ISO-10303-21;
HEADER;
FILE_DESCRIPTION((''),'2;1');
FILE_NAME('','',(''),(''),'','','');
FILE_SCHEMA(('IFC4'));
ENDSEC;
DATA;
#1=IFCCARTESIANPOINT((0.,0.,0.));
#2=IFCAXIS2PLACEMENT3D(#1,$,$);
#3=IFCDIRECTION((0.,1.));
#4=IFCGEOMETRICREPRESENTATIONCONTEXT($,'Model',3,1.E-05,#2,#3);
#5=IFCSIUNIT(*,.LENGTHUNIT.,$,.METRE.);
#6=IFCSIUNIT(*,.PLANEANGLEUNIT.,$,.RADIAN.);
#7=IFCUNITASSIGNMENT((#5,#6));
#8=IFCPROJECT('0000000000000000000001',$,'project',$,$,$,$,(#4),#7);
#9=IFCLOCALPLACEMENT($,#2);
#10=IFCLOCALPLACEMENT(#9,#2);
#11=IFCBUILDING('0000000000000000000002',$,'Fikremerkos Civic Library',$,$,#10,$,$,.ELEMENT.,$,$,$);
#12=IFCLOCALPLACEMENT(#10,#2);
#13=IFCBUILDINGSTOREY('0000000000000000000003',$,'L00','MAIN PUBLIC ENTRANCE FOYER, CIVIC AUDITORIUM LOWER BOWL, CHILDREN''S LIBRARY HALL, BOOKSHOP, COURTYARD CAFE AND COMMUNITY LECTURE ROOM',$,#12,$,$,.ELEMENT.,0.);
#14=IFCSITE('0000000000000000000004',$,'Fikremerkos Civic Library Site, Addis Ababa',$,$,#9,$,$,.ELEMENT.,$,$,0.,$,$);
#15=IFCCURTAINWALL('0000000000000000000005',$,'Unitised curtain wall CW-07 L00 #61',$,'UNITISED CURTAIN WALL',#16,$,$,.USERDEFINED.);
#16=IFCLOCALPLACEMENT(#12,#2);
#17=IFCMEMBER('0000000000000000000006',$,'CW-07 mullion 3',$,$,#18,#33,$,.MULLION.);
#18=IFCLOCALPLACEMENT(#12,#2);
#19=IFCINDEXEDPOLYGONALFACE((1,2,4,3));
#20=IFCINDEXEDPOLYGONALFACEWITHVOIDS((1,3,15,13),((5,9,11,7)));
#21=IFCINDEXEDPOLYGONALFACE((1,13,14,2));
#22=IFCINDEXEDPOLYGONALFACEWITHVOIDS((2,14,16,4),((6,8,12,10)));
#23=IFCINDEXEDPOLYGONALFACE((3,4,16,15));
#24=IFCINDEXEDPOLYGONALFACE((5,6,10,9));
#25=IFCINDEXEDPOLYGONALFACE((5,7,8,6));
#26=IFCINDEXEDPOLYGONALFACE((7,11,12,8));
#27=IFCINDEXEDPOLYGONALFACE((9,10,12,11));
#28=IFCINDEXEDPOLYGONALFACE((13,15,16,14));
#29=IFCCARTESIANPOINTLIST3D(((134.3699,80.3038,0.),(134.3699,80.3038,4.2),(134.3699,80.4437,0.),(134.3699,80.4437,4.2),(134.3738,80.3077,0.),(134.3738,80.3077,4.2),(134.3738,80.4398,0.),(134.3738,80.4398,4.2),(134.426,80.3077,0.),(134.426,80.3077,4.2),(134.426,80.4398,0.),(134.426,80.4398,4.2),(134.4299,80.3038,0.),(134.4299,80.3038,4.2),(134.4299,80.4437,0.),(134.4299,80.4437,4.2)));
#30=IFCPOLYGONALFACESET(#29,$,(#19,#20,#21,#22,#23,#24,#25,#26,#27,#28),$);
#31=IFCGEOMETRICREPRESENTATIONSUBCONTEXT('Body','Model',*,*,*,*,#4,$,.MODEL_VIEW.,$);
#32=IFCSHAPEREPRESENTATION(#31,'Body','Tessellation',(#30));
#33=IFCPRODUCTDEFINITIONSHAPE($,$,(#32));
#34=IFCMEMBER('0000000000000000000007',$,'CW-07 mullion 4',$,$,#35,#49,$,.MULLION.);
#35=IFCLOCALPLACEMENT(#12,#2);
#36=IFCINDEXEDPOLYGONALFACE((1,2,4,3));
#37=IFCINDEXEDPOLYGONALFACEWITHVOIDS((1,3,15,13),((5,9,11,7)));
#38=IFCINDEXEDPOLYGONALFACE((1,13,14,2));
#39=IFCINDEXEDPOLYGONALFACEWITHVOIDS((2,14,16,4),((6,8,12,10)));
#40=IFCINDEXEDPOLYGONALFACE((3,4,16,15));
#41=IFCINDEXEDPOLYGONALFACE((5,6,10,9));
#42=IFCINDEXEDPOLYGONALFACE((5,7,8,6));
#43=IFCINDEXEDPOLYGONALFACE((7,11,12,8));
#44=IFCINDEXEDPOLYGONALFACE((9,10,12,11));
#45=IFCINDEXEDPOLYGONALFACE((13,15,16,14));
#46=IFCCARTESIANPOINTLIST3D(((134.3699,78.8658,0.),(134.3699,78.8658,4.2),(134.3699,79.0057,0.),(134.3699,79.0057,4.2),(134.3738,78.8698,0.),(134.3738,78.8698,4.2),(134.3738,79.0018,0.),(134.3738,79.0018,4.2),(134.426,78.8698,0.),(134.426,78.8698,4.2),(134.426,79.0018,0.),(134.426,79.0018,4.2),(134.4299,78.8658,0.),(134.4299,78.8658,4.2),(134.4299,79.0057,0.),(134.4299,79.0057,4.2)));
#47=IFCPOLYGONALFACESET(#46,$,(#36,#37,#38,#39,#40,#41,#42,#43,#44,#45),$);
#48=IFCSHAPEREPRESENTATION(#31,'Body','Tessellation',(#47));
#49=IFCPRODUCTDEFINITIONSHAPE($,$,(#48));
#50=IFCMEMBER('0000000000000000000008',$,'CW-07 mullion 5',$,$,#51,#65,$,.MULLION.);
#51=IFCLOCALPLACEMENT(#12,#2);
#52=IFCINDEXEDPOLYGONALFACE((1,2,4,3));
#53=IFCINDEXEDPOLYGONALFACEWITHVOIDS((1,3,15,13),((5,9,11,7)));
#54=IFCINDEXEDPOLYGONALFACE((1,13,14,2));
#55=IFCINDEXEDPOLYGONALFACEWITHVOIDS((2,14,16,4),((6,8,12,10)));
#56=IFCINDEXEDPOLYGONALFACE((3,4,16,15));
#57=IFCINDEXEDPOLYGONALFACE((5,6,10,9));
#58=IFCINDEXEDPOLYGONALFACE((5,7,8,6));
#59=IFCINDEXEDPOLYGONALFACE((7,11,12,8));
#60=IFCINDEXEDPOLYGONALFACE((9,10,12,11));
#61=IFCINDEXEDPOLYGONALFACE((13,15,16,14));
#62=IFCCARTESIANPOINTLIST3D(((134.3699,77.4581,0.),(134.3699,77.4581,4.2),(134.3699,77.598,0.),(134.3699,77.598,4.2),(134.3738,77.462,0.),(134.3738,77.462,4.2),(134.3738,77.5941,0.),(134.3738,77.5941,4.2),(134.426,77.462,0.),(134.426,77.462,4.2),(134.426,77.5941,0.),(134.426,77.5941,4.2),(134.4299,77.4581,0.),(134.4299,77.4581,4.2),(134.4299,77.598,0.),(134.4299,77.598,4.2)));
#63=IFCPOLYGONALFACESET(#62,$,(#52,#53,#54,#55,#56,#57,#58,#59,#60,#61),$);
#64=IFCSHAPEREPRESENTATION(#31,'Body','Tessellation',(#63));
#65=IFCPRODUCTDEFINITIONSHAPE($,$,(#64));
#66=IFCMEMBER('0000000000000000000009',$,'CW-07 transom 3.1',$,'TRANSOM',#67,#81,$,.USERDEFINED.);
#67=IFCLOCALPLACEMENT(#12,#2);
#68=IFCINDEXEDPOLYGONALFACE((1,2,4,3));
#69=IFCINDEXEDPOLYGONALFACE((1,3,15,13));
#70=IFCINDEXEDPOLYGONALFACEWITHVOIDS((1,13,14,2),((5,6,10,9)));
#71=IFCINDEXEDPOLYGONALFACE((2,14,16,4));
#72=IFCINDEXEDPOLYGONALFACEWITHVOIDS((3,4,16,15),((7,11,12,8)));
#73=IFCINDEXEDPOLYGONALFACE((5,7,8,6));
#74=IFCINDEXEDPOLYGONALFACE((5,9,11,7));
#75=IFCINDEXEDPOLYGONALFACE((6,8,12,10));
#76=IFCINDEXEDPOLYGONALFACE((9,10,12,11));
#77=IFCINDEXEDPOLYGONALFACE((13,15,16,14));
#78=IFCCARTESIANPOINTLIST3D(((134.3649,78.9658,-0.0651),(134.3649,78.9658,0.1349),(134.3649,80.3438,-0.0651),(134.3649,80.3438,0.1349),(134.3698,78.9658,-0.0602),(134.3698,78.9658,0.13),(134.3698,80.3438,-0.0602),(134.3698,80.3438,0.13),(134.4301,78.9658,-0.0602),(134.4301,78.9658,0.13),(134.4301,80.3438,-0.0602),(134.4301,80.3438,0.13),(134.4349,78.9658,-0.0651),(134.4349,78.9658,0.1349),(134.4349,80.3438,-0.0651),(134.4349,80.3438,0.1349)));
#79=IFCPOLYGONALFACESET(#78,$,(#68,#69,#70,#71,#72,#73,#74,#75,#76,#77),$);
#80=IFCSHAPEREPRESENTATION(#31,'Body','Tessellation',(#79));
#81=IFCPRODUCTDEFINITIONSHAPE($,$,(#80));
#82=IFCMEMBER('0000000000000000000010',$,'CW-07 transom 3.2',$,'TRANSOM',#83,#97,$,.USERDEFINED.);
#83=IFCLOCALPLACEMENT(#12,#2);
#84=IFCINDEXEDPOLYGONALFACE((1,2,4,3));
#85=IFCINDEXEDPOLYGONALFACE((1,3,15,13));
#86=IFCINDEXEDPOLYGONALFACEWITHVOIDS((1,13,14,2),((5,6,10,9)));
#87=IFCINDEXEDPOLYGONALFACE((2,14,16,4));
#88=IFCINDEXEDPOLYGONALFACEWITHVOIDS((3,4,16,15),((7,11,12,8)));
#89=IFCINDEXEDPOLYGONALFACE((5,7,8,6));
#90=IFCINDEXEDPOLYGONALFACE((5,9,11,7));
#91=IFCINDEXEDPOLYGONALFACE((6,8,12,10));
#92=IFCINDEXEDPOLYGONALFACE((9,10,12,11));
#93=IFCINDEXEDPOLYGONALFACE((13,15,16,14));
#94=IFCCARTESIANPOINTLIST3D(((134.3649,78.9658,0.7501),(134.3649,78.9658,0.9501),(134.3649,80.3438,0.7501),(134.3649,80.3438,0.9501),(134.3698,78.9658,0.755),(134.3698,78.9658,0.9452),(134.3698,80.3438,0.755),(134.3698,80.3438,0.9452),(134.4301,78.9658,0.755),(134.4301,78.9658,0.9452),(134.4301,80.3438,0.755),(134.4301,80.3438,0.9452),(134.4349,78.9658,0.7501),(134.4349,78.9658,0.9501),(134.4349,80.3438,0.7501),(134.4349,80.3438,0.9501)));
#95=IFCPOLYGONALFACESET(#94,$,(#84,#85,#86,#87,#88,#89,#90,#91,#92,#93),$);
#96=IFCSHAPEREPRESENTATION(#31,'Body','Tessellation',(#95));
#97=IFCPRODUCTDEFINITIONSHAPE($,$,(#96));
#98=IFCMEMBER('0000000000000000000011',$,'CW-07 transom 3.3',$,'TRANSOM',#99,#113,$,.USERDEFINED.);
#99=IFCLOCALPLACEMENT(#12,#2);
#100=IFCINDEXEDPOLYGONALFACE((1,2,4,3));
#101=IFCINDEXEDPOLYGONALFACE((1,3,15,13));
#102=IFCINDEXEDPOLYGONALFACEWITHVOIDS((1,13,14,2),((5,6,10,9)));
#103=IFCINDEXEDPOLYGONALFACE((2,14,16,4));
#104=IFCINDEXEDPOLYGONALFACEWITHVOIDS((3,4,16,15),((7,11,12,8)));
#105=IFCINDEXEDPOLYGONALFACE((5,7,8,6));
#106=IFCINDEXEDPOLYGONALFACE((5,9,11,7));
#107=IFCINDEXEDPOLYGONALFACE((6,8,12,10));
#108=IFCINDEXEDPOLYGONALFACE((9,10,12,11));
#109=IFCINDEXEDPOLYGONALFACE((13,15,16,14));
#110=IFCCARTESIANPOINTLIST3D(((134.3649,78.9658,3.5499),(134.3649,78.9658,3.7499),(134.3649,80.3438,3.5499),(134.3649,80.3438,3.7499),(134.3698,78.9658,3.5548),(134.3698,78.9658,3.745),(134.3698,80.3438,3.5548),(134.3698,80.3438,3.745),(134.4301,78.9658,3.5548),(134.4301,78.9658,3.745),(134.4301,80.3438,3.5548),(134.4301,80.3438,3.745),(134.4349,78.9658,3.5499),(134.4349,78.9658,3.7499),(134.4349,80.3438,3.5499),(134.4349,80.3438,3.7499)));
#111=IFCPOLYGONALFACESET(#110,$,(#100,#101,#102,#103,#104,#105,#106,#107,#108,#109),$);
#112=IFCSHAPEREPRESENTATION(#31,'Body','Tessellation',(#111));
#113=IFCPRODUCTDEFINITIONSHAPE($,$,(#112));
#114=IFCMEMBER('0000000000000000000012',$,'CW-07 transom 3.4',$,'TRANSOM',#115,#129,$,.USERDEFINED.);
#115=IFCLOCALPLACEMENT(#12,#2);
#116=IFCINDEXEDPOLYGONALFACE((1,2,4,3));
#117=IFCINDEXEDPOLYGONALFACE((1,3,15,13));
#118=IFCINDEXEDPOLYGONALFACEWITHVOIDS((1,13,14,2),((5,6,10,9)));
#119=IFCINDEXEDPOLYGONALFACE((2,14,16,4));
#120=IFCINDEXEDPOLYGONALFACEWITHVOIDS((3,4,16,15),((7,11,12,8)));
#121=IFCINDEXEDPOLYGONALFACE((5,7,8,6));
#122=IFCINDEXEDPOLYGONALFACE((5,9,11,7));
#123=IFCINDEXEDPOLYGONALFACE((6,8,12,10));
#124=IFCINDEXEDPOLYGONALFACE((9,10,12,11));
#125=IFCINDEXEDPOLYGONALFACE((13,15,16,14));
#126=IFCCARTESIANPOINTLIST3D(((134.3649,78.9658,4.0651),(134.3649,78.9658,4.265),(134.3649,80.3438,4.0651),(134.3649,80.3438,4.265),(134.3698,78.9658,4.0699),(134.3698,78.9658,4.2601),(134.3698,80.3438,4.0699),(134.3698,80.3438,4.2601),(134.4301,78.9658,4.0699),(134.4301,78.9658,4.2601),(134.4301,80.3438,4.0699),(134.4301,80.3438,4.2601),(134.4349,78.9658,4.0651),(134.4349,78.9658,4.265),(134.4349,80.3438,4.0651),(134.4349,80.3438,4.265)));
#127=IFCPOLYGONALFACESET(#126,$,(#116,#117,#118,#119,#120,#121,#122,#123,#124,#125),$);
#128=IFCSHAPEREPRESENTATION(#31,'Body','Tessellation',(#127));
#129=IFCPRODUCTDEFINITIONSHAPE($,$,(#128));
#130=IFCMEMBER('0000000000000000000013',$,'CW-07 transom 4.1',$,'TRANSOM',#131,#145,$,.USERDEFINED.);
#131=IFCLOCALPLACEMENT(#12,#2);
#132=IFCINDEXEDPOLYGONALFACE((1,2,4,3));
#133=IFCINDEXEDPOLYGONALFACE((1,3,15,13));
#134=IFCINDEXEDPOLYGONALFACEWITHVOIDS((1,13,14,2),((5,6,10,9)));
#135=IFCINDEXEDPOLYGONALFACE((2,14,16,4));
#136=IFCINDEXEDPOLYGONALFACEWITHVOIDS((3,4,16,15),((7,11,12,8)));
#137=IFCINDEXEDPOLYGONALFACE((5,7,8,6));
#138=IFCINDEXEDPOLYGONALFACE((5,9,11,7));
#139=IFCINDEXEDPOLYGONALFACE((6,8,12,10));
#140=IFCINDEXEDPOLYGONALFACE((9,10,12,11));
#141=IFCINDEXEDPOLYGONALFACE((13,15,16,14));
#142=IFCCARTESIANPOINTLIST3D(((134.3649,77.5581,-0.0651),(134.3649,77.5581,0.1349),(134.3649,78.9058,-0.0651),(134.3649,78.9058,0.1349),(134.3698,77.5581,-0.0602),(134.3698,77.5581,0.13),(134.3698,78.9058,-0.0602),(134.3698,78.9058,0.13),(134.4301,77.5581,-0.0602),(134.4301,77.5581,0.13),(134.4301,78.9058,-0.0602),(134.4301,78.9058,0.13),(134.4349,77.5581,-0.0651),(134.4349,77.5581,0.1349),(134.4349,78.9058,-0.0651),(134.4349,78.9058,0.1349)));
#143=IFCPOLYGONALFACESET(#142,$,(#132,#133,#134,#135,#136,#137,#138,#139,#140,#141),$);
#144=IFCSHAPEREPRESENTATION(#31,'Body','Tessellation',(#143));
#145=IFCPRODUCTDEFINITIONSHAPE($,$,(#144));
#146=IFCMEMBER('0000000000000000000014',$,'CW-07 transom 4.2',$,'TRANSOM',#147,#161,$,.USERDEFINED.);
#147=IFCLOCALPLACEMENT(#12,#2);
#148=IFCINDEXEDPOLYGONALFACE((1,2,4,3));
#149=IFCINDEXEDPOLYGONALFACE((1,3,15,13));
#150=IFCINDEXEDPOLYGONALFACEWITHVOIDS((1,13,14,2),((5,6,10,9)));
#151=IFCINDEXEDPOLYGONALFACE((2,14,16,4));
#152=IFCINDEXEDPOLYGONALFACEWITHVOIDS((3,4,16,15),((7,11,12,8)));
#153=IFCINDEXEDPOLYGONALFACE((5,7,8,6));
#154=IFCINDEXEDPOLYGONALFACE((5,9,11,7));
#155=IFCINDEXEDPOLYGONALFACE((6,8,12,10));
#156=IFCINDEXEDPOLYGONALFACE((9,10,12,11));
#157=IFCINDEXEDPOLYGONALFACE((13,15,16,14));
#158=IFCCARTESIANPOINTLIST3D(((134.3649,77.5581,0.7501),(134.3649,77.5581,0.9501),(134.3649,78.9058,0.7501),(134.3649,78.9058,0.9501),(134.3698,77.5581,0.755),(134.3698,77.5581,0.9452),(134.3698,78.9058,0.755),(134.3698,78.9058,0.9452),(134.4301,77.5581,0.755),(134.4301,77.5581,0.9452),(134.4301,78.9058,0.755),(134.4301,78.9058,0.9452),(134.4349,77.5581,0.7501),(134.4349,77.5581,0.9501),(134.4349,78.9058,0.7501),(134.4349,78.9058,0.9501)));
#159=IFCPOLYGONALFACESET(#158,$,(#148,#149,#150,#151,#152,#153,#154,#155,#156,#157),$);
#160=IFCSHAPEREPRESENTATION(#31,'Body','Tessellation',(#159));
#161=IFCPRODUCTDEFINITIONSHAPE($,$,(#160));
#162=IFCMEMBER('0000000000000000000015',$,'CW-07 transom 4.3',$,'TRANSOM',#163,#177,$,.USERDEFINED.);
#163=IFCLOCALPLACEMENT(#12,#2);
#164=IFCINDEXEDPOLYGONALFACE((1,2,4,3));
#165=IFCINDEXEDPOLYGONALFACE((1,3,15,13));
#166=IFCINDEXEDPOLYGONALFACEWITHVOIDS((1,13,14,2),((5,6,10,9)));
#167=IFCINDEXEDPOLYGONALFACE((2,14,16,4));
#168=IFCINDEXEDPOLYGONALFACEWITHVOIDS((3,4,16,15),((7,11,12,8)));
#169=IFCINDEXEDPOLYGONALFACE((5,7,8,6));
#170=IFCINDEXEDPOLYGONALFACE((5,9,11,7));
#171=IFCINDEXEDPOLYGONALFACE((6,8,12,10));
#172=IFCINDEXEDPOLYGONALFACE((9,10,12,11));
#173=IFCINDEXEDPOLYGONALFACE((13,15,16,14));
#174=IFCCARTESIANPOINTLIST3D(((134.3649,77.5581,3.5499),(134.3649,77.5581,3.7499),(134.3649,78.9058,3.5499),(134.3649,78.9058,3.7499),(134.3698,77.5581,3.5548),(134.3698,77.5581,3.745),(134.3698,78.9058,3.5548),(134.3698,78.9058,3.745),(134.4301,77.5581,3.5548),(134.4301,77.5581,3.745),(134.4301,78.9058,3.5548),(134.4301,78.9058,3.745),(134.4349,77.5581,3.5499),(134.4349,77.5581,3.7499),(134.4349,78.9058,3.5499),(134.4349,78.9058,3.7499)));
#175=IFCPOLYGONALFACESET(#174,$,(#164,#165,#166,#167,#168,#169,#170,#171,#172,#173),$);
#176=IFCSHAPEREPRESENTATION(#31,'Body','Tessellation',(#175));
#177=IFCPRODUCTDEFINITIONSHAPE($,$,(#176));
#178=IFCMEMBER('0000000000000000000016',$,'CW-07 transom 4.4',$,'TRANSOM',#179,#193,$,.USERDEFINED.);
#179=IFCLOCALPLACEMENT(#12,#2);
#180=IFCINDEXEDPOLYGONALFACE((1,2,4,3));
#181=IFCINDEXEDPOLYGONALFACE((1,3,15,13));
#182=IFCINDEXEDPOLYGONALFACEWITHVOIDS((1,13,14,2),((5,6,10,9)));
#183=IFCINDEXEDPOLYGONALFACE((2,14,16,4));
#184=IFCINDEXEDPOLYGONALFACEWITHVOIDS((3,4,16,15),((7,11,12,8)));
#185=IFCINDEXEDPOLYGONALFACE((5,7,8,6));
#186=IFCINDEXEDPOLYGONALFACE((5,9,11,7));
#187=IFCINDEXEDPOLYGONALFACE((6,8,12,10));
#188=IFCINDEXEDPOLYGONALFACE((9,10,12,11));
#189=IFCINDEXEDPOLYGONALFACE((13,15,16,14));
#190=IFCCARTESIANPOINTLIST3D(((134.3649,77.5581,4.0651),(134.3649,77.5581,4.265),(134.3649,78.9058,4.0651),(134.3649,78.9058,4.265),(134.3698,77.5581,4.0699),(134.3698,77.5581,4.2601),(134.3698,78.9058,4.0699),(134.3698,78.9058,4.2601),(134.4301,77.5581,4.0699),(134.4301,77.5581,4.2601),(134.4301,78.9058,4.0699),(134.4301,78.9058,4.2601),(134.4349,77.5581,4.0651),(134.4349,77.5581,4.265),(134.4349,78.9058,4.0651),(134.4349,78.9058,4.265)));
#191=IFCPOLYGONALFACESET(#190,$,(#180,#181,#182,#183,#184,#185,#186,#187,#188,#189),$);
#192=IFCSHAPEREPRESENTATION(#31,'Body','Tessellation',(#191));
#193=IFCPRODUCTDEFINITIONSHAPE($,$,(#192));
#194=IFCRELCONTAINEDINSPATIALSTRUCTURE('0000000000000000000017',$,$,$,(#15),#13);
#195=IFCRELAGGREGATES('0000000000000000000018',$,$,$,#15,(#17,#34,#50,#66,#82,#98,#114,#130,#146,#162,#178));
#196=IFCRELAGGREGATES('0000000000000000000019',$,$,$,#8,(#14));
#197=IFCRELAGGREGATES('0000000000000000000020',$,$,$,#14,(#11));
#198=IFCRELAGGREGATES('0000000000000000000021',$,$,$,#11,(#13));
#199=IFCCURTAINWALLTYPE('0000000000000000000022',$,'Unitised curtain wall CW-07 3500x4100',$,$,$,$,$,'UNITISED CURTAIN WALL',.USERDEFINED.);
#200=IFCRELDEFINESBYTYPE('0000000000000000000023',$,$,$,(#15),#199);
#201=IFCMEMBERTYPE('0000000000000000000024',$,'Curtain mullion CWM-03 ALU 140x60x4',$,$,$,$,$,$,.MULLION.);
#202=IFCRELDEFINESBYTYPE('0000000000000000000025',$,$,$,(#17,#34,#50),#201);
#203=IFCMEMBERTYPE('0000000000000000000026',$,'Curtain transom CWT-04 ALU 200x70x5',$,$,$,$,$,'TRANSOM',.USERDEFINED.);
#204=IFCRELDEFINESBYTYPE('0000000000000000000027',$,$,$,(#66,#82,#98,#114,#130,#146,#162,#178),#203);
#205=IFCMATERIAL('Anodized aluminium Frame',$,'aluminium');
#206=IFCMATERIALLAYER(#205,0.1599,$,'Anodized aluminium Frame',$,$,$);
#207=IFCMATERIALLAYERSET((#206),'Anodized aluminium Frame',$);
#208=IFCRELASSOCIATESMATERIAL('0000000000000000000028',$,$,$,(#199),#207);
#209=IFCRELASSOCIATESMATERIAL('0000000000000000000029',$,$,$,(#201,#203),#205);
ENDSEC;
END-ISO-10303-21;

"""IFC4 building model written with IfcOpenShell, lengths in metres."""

from ifc_helpers import new_model, si_unit, direction, frame, origin, origin_2d, place, context, subcontext, project, spatial, hollow_rectangle, extrude, material, layer, layer_set, material_profile, profile_set, type_object, element, aggregate, save


model = new_model("IFC4")

# Units and contexts
model_context = context("Model", 3, precision=1e-05, world=origin(), true_north=direction((0.0, 1.0)))
body_context = subcontext(model_context, "Body", "Model", "MODEL_VIEW")
ifc_project = project(units=[si_unit("LENGTHUNIT", "METRE"), si_unit("PLANEANGLEUNIT", "RADIAN")], contexts=[model_context])

# Site, building, storey
site_placement = place(None, origin())
site = spatial("IfcSite", under=ifc_project, at=site_placement, Name="Fikremerkos Civic Library Site, Addis Ababa", CompositionType="ELEMENT", RefElevation=0.0)
building_placement = place(site_placement, origin())
building = spatial("IfcBuilding", under=site, at=building_placement, Name="Fikremerkos Civic Library", CompositionType="ELEMENT")
storey_placement = place(building_placement, origin())
storey = spatial("IfcBuildingStorey", under=building, at=storey_placement, Name="L00", Description="MAIN PUBLIC ENTRANCE FOYER, CIVIC AUDITORIUM LOWER BOWL, CHILDREN'S LIBRARY HALL, BOOKSHOP, COURTYARD CAFE AND COMMUNITY LECTURE ROOM", CompositionType="ELEMENT", Elevation=0.0)

# Curtain wall, members
ifc_material_1 = material(Name="Anodized aluminium Frame", Category="aluminium")
ifc_layer_1 = layer(ifc_material_1, 0.1599, Name="Anodized aluminium Frame")
ifc_layer_set_1 = layer_set([ifc_layer_1], Name="Anodized aluminium Frame")
curtain_wall_type = type_object("IfcCurtainWallType", Name="Unitised curtain wall CW-07 3500x4100", ElementType="UNITISED CURTAIN WALL", PredefinedType="USERDEFINED", material=ifc_layer_set_1)
curtain_wall_placement = place(storey_placement, origin())
curtain_wall = element("IfcCurtainWall", 1, at=curtain_wall_placement, inside=storey, type_object=curtain_wall_type, Name="Unitised curtain wall CW-07 L00 #61", ObjectType="UNITISED CURTAIN WALL", PredefinedType="USERDEFINED")
ifc_material_profile_1 = material_profile(ifc_material_1, hollow_rectangle(XDim=0.0601, YDim=0.1399, WallThickness=0.0039, at=origin_2d()), Name="ALU 140x60x4")
ifc_profile_set_1 = profile_set([ifc_material_profile_1], Name="Anodized aluminium Frame")
member_type_1 = type_object("IfcMemberType", Name="Curtain mullion CWM-03 ALU 140x60x4", PredefinedType="MULLION", material=ifc_profile_set_1)
member_1_placement = place(storey_placement, frame((134.3999, 80.3738, 0.0), z_axis=(0.0, 0.0, 1.0), x_axis=(1.0, 0.0, 0.0)))
member_1 = element("IfcMember", 2, at=member_1_placement, type_object=member_type_1, Name="CW-07 mullion 3", PredefinedType="MULLION", context=body_context, shape_type="SweptSolid", body=[
    extrude(hollow_rectangle(XDim=0.0601, YDim=0.1399, WallThickness=0.0039, at=origin_2d()), origin(), (0.0, 0.0, 1.0), 4.2),
])
member_2_placement = place(storey_placement, frame((134.3999, 78.9358, 0.0), z_axis=(0.0, 0.0, 1.0), x_axis=(1.0, 0.0, 0.0)))
member_2 = element("IfcMember", 3, at=member_2_placement, type_object=member_type_1, Name="CW-07 mullion 4", PredefinedType="MULLION", context=body_context, shape_type="SweptSolid", body=[
    extrude(hollow_rectangle(XDim=0.0601, YDim=0.1399, WallThickness=0.0039, at=origin_2d()), origin(), (0.0, 0.0, 1.0), 4.2),
])
member_3_placement = place(storey_placement, frame((134.3999, 77.5281, 0.0), z_axis=(0.0, 0.0, 1.0), x_axis=(1.0, 0.0, 0.0)))
member_3 = element("IfcMember", 4, at=member_3_placement, type_object=member_type_1, Name="CW-07 mullion 5", PredefinedType="MULLION", context=body_context, shape_type="SweptSolid", body=[
    extrude(hollow_rectangle(XDim=0.0601, YDim=0.1399, WallThickness=0.0039, at=origin_2d()), origin(), (0.0, 0.0, 1.0), 4.2),
])
ifc_material_profile_2 = material_profile(ifc_material_1, hollow_rectangle(XDim=0.0701, YDim=0.2, WallThickness=0.0049, at=origin_2d()), Name="ALU 200x70x5")
ifc_profile_set_2 = profile_set([ifc_material_profile_2], Name="Anodized aluminium Frame")
member_type_2 = type_object("IfcMemberType", Name="Curtain transom CWT-04 ALU 200x70x5", ElementType="TRANSOM", PredefinedType="USERDEFINED", material=ifc_profile_set_2)
member_4_placement = place(storey_placement, frame((134.3999, 80.3438, 0.0349), z_axis=(0.0, -1.0, 0.0), x_axis=(1.0, 0.0, 0.0)))
member_4 = element("IfcMember", 5, at=member_4_placement, type_object=member_type_2, Name="CW-07 transom 3.1", ObjectType="TRANSOM", PredefinedType="USERDEFINED", context=body_context, shape_type="SweptSolid", body=[
    extrude(hollow_rectangle(XDim=0.0701, YDim=0.2, WallThickness=0.0049, at=origin_2d()), origin(), (0.0, 0.0, 1.0), 1.3779),
])
member_5_placement = place(storey_placement, frame((134.3999, 80.3438, 0.8501), z_axis=(0.0, -1.0, 0.0), x_axis=(1.0, 0.0, 0.0)))
member_5 = element("IfcMember", 6, at=member_5_placement, type_object=member_type_2, Name="CW-07 transom 3.2", ObjectType="TRANSOM", PredefinedType="USERDEFINED", context=body_context, shape_type="SweptSolid", body=[
    extrude(hollow_rectangle(XDim=0.0701, YDim=0.2, WallThickness=0.0049, at=origin_2d()), origin(), (0.0, 0.0, 1.0), 1.3779),
])
member_6_placement = place(storey_placement, frame((134.3999, 80.3438, 3.6499), z_axis=(0.0, -1.0, 0.0), x_axis=(1.0, 0.0, 0.0)))
member_6 = element("IfcMember", 7, at=member_6_placement, type_object=member_type_2, Name="CW-07 transom 3.3", ObjectType="TRANSOM", PredefinedType="USERDEFINED", context=body_context, shape_type="SweptSolid", body=[
    extrude(hollow_rectangle(XDim=0.0701, YDim=0.2, WallThickness=0.0049, at=origin_2d()), origin(), (0.0, 0.0, 1.0), 1.3779),
])
member_7_placement = place(storey_placement, frame((134.3999, 80.3438, 4.165), z_axis=(0.0, -1.0, 0.0), x_axis=(1.0, 0.0, 0.0)))
member_7 = element("IfcMember", 8, at=member_7_placement, type_object=member_type_2, Name="CW-07 transom 3.4", ObjectType="TRANSOM", PredefinedType="USERDEFINED", context=body_context, shape_type="SweptSolid", body=[
    extrude(hollow_rectangle(XDim=0.0701, YDim=0.2, WallThickness=0.0049, at=origin_2d()), origin(), (0.0, 0.0, 1.0), 1.3779),
])
member_8_placement = place(storey_placement, frame((134.3999, 78.9058, 0.0349), z_axis=(0.0, -1.0, 0.0), x_axis=(1.0, 0.0, 0.0)))
member_8 = element("IfcMember", 9, at=member_8_placement, type_object=member_type_2, Name="CW-07 transom 4.1", ObjectType="TRANSOM", PredefinedType="USERDEFINED", context=body_context, shape_type="SweptSolid", body=[
    extrude(hollow_rectangle(XDim=0.0701, YDim=0.2, WallThickness=0.0049, at=origin_2d()), origin(), (0.0, 0.0, 1.0), 1.3477),
])
member_9_placement = place(storey_placement, frame((134.3999, 78.9058, 0.8501), z_axis=(0.0, -1.0, 0.0), x_axis=(1.0, 0.0, 0.0)))
member_9 = element("IfcMember", 10, at=member_9_placement, type_object=member_type_2, Name="CW-07 transom 4.2", ObjectType="TRANSOM", PredefinedType="USERDEFINED", context=body_context, shape_type="SweptSolid", body=[
    extrude(hollow_rectangle(XDim=0.0701, YDim=0.2, WallThickness=0.0049, at=origin_2d()), origin(), (0.0, 0.0, 1.0), 1.3477),
])
member_10_placement = place(storey_placement, frame((134.3999, 78.9058, 3.6499), z_axis=(0.0, -1.0, 0.0), x_axis=(1.0, 0.0, 0.0)))
member_10 = element("IfcMember", 11, at=member_10_placement, type_object=member_type_2, Name="CW-07 transom 4.3", ObjectType="TRANSOM", PredefinedType="USERDEFINED", context=body_context, shape_type="SweptSolid", body=[
    extrude(hollow_rectangle(XDim=0.0701, YDim=0.2, WallThickness=0.0049, at=origin_2d()), origin(), (0.0, 0.0, 1.0), 1.3477),
])
member_11_placement = place(storey_placement, frame((134.3999, 78.9058, 4.165), z_axis=(0.0, -1.0, 0.0), x_axis=(1.0, 0.0, 0.0)))
member_11 = element("IfcMember", 12, at=member_11_placement, type_object=member_type_2, Name="CW-07 transom 4.4", ObjectType="TRANSOM", PredefinedType="USERDEFINED", context=body_context, shape_type="SweptSolid", body=[
    extrude(hollow_rectangle(XDim=0.0701, YDim=0.2, WallThickness=0.0049, at=origin_2d()), origin(), (0.0, 0.0, 1.0), 1.3477),
])

aggregate(curtain_wall, [member_1, member_2, member_3, member_4, member_5, member_6, member_7, member_8, member_9, member_10, member_11])

save(model, "model.ifc")
